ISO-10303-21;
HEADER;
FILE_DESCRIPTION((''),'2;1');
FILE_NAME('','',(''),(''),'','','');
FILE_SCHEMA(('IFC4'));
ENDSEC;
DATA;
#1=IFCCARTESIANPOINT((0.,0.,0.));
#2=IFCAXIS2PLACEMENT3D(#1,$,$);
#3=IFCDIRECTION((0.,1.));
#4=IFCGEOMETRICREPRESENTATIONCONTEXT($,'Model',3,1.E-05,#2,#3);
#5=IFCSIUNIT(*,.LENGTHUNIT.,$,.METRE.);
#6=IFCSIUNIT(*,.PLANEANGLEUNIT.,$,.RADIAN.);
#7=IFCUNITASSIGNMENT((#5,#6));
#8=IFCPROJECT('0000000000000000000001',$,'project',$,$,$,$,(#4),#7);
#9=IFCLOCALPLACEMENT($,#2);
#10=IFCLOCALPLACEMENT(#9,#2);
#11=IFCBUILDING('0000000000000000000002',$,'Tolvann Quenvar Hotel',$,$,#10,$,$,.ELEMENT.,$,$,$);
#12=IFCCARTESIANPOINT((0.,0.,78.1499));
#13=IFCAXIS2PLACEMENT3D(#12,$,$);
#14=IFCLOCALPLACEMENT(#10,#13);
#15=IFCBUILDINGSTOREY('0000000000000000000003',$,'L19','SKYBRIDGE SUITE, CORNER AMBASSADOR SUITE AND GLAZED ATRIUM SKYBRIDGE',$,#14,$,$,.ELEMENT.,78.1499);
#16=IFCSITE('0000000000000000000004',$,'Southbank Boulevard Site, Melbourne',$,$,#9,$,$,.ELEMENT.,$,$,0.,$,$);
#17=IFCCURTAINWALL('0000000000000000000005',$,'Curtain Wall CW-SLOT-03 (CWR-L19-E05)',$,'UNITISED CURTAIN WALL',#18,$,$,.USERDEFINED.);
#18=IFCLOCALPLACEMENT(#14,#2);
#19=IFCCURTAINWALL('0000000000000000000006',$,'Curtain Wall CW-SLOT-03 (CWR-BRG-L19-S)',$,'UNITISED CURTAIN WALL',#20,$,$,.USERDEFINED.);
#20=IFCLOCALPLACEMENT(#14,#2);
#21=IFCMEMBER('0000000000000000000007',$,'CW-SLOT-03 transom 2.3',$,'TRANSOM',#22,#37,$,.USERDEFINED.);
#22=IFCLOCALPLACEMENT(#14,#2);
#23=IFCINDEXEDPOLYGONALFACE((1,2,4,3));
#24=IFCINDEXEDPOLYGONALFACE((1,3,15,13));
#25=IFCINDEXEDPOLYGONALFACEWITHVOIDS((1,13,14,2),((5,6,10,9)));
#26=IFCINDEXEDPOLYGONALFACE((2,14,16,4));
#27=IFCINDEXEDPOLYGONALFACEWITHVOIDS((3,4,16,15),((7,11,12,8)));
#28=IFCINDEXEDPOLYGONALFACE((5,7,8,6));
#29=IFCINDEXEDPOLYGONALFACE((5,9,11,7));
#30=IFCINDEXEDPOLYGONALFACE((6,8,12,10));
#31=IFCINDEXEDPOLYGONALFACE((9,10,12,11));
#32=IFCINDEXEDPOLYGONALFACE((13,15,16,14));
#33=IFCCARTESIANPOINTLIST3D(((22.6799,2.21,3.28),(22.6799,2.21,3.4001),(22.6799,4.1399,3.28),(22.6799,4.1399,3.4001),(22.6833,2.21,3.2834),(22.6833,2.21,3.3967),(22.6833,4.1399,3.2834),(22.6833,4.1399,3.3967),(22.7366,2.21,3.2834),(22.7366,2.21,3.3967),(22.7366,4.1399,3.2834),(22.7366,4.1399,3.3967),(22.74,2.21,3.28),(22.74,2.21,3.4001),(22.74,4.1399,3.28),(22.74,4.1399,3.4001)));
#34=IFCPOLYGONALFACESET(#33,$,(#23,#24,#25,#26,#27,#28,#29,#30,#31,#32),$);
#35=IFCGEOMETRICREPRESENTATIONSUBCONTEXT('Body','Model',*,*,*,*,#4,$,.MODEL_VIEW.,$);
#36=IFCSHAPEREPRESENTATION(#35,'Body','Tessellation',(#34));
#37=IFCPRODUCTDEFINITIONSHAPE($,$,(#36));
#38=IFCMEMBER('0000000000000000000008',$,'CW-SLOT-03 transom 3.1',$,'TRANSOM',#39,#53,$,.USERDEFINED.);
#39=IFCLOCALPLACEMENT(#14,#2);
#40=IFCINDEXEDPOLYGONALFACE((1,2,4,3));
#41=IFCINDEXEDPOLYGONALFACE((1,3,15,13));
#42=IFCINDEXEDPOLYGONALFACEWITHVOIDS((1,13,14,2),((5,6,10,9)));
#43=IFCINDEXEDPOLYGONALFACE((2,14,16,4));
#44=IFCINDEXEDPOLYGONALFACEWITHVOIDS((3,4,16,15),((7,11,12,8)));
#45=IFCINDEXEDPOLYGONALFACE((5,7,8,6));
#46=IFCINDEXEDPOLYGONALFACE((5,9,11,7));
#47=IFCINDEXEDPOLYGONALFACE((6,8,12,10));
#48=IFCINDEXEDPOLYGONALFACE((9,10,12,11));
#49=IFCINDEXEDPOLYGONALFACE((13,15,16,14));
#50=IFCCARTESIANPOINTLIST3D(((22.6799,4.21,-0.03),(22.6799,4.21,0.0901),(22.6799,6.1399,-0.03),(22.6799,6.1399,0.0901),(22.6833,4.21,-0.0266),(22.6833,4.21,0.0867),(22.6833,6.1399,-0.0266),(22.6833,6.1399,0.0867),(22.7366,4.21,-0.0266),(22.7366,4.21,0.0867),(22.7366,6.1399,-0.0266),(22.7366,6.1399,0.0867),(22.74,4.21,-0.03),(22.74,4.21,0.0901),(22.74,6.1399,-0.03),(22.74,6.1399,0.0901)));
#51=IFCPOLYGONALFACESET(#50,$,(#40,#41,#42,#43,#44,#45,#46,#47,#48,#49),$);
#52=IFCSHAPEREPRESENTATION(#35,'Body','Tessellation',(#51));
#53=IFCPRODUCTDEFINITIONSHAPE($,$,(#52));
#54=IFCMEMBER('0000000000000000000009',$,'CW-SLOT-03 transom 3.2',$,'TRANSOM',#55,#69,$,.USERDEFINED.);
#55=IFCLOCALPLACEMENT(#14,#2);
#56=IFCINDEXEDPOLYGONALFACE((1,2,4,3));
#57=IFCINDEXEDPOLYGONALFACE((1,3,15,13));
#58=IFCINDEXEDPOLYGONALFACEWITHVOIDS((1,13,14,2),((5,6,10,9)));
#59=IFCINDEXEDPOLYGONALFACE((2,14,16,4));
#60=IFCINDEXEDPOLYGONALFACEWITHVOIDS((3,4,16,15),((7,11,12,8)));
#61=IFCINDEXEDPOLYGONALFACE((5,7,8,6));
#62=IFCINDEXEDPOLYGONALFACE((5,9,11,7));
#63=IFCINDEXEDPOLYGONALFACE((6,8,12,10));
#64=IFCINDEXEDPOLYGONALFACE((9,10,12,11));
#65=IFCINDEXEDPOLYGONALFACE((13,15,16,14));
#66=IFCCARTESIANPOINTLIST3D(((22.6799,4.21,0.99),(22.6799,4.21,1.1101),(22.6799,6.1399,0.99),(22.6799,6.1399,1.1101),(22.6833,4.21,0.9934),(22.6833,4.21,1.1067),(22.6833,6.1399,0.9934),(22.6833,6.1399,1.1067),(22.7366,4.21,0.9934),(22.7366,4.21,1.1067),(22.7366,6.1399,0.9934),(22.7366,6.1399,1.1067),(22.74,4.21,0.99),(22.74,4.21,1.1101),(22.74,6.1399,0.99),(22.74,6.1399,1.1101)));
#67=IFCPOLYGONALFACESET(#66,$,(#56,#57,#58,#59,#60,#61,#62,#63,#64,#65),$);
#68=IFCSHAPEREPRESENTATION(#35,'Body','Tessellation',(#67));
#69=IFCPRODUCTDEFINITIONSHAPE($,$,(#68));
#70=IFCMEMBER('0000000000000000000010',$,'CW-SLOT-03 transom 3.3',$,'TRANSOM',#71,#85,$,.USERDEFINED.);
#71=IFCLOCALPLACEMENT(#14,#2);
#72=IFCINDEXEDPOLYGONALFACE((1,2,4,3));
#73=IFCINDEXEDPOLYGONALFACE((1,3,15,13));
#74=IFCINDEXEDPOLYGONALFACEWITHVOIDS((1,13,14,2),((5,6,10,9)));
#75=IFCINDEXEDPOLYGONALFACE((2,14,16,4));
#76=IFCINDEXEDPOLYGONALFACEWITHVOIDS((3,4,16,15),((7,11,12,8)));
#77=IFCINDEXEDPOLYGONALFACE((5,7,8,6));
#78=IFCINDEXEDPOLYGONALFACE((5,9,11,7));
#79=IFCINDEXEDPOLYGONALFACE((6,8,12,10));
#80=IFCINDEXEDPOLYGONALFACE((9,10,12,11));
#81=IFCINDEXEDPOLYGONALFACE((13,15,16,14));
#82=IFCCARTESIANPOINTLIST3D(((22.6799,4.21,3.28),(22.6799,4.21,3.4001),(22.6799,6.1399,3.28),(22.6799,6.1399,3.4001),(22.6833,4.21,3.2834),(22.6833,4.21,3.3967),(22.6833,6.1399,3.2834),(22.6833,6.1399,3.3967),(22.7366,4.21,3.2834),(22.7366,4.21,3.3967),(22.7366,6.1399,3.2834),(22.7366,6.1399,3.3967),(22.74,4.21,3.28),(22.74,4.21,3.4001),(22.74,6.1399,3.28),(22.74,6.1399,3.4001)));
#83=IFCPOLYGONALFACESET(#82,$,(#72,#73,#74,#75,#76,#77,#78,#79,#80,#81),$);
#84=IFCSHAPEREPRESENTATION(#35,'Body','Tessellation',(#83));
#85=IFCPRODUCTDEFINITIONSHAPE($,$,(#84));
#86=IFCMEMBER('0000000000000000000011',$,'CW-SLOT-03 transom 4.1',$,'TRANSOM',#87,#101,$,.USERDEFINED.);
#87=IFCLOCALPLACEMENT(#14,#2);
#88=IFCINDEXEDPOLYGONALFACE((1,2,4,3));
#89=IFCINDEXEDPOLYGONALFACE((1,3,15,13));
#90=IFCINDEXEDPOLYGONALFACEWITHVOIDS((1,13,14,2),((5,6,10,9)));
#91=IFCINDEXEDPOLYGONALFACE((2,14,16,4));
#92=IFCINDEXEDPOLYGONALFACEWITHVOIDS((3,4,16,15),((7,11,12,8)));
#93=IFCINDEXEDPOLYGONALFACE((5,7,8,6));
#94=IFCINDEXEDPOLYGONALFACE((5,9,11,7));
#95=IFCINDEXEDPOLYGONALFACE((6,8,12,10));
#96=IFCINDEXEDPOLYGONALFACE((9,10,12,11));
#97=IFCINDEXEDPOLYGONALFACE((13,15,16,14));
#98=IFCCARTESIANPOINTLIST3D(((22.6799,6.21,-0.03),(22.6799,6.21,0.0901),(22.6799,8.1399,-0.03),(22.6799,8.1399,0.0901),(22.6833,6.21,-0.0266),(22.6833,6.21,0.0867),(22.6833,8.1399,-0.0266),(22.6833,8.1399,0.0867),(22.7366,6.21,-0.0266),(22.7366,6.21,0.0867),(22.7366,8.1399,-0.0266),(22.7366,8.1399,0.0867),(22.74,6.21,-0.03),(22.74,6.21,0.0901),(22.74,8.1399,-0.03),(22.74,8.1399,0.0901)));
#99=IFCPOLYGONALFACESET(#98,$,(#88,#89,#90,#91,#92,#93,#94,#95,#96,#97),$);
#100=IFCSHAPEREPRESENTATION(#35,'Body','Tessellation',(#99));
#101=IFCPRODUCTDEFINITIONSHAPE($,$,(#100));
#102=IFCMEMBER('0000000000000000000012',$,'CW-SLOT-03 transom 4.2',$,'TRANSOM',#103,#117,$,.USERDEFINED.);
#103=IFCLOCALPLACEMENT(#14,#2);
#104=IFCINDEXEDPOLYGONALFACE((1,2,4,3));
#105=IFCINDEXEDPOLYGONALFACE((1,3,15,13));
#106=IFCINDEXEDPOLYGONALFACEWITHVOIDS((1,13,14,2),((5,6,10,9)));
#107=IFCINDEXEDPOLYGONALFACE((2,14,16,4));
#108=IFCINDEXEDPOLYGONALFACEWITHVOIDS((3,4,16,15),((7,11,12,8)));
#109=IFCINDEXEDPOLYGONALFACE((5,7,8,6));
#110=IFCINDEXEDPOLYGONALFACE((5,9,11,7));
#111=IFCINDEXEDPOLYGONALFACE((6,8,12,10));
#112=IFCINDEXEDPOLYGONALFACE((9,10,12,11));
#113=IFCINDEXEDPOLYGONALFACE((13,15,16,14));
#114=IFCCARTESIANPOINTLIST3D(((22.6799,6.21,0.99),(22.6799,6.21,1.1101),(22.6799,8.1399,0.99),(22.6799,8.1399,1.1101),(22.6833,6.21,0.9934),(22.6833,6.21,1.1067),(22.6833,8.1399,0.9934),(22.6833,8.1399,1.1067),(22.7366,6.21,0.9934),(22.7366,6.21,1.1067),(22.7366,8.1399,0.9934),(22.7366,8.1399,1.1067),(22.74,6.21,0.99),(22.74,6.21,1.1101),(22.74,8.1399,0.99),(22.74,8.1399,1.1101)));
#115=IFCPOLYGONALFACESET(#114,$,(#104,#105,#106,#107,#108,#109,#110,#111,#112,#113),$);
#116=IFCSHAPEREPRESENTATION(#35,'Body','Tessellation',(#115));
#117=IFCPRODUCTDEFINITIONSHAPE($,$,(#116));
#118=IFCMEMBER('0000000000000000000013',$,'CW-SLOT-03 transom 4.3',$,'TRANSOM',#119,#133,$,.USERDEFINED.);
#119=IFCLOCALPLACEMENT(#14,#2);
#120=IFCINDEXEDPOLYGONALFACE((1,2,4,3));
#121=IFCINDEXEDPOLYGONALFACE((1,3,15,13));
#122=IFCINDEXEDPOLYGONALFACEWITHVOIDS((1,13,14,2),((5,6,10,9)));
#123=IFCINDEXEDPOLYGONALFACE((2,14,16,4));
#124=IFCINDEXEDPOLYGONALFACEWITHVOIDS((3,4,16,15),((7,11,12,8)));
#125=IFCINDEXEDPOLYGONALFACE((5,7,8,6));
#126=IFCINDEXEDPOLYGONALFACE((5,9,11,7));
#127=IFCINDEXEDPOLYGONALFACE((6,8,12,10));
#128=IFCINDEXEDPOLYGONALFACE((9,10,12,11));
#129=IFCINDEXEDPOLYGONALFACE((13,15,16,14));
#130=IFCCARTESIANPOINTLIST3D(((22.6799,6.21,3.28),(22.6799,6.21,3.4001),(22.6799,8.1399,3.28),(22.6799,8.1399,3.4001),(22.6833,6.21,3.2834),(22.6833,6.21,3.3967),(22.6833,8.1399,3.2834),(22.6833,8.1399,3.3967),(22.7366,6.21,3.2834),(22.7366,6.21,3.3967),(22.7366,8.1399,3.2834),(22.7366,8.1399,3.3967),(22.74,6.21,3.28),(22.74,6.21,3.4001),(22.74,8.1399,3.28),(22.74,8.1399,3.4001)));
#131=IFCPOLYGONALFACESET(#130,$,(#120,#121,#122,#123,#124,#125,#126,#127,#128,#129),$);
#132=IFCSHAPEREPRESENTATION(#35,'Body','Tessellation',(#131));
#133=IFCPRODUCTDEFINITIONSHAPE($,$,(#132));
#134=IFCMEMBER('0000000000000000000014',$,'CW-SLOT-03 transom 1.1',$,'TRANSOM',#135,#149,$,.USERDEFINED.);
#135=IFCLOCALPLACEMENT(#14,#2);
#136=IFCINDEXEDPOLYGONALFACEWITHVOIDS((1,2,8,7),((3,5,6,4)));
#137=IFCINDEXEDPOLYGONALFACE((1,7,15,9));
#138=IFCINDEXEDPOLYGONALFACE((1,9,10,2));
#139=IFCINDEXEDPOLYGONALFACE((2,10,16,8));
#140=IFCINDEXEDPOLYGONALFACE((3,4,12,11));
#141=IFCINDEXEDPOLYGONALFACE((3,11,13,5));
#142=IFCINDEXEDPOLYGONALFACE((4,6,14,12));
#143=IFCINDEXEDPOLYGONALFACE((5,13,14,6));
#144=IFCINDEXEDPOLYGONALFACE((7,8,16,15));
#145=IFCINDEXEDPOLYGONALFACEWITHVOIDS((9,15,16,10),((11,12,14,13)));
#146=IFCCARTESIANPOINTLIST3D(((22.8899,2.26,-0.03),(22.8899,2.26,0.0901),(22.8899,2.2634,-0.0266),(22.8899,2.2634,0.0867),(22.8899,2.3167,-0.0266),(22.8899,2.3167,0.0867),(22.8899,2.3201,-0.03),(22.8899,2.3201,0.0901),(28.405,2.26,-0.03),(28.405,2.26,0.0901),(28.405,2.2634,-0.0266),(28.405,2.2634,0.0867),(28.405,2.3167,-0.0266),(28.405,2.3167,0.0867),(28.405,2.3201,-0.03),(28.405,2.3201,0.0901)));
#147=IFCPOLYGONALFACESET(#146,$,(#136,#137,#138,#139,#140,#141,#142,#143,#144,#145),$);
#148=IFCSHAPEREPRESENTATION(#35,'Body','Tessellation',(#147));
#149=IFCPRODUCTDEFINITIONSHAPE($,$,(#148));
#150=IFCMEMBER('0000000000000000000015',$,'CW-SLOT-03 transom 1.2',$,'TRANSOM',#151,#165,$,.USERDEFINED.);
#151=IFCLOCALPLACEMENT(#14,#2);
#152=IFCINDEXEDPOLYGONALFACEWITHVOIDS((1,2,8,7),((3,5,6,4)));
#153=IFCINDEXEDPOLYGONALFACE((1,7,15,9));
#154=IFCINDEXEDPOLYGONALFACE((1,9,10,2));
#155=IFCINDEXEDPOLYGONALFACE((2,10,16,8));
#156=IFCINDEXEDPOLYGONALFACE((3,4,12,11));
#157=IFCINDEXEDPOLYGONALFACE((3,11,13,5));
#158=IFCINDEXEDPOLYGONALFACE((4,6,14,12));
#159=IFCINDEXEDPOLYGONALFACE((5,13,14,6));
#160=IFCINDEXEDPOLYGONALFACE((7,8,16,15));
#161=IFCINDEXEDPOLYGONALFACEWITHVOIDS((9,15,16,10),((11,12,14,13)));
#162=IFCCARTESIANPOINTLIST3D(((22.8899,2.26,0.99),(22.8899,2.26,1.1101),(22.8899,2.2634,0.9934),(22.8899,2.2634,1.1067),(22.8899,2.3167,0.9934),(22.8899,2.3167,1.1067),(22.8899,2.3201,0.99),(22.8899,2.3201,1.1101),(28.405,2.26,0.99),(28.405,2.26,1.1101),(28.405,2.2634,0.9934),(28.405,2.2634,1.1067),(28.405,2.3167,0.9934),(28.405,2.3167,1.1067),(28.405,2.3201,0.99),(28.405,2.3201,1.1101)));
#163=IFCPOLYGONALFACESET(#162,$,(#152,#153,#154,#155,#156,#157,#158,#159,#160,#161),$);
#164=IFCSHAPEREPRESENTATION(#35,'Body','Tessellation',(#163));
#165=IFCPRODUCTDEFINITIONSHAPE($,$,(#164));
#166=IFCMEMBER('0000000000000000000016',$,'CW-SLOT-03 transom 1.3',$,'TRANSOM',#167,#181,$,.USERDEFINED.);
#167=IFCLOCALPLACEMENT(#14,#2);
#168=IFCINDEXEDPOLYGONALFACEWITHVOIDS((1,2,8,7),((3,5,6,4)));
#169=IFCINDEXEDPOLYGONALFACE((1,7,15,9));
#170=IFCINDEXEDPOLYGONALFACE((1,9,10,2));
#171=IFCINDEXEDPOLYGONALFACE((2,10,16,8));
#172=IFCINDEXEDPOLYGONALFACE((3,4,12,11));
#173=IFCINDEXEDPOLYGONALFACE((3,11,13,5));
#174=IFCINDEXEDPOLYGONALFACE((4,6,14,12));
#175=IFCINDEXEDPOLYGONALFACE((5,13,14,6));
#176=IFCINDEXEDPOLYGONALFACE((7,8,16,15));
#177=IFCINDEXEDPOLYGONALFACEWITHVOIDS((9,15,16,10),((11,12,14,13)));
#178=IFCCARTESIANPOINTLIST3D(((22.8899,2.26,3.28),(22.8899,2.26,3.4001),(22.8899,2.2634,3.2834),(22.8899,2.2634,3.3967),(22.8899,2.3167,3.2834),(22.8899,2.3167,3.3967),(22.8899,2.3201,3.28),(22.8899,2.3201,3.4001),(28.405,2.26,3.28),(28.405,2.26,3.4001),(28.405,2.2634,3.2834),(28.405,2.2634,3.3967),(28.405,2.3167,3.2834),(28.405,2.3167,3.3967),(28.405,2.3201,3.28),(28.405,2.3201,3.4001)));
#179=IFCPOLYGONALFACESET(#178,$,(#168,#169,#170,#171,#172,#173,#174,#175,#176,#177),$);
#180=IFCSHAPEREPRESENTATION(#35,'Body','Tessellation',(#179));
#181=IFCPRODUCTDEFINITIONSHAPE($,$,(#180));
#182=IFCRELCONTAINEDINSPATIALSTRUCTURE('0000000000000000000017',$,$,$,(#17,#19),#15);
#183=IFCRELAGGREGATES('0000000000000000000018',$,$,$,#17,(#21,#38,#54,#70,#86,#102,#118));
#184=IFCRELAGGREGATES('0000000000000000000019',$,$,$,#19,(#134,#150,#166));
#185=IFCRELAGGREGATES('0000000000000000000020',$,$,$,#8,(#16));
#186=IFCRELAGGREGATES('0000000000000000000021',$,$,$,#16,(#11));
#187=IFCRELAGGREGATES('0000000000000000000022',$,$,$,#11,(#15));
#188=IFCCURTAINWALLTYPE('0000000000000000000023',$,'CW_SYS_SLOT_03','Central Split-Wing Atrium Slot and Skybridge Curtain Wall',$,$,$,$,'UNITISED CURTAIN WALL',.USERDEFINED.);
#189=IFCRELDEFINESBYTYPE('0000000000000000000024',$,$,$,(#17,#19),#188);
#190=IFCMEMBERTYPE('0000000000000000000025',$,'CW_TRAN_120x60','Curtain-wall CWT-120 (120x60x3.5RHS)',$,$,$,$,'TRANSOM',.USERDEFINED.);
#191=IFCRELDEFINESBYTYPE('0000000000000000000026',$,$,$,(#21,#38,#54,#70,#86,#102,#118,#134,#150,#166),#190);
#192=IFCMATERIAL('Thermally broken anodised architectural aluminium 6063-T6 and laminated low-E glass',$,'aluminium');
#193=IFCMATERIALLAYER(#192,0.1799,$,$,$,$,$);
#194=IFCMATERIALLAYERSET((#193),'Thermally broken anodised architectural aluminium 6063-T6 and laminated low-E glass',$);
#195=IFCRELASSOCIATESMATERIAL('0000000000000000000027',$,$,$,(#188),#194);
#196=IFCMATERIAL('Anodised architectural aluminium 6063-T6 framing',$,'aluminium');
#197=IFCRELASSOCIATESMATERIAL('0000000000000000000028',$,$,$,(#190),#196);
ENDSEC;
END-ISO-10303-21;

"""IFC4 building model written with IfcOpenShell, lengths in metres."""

from ifc_helpers import new_model, si_unit, direction, frame, origin, origin_2d, place, context, subcontext, project, spatial, hollow_rectangle, extrude, source, transform, mapped, material, layer, layer_set, material_profile, profile_set, type_object, element, aggregate, save


model = new_model("IFC4")

# Units and contexts
model_context = context("Model", 3, precision=1e-05, world=origin(), true_north=direction((0.0, 1.0)))
body_context = subcontext(model_context, "Body", "Model", "MODEL_VIEW")
ifc_project = project(units=[si_unit("LENGTHUNIT", "METRE"), si_unit("PLANEANGLEUNIT", "RADIAN")], contexts=[model_context])

# Site, building, storey
site_placement = place(None, origin())
site = spatial("IfcSite", under=ifc_project, at=site_placement, Name="Southbank Boulevard Site, Melbourne", CompositionType="ELEMENT", RefElevation=0.0)
building_placement = place(site_placement, origin())
building = spatial("IfcBuilding", under=site, at=building_placement, Name="Tolvann Quenvar Hotel", CompositionType="ELEMENT")
storey_placement = place(building_placement, frame((0.0, 0.0, 78.1499)))
storey = spatial("IfcBuildingStorey", under=building, at=storey_placement, Name="L19", Description="SKYBRIDGE SUITE, CORNER AMBASSADOR SUITE AND GLAZED ATRIUM SKYBRIDGE", CompositionType="ELEMENT", Elevation=78.1499)

# Curtain walls
ifc_material_1 = material(Name="Thermally broken anodised architectural aluminium 6063-T6 and laminated low-E glass", Category="aluminium")
ifc_layer_1 = layer(ifc_material_1, 0.1799)
ifc_layer_set_1 = layer_set([ifc_layer_1], Name="Thermally broken anodised architectural aluminium 6063-T6 and laminated low-E glass")
curtain_wall_type = type_object("IfcCurtainWallType", Name="CW_SYS_SLOT_03", Description="Central Split-Wing Atrium Slot and Skybridge Curtain Wall", ElementType="UNITISED CURTAIN WALL", PredefinedType="USERDEFINED", material=ifc_layer_set_1)
curtain_wall_1_placement = place(storey_placement, origin())
curtain_wall_1 = element("IfcCurtainWall", 1, at=curtain_wall_1_placement, inside=storey, type_object=curtain_wall_type, Name="Curtain Wall CW-SLOT-03 (CWR-L19-E05)", ObjectType="UNITISED CURTAIN WALL", PredefinedType="USERDEFINED")
ifc_material_2 = material(Name="Anodised architectural aluminium 6063-T6 framing", Category="aluminium")
curtain_wall_2_placement = place(storey_placement, origin())
curtain_wall_2 = element("IfcCurtainWall", 2, at=curtain_wall_2_placement, inside=storey, type_object=curtain_wall_type, Name="Curtain Wall CW-SLOT-03 (CWR-BRG-L19-S)", ObjectType="UNITISED CURTAIN WALL", PredefinedType="USERDEFINED")

# Members
ifc_material_profile_1 = material_profile(ifc_material_2, hollow_rectangle(XDim=0.0601, YDim=0.1201, WallThickness=0.0034, at=origin_2d()), Name="120x60x3.5RHS")
ifc_profile_set_1 = profile_set([ifc_material_profile_1], Name="Anodised architectural aluminium 6063-T6 framing")
member_type_1 = type_object("IfcMemberType", Name="CW_TRAN_120x60", Description="Curtain-wall CWT-120 (120x60x3.5RHS)", ElementType="TRANSOM", PredefinedType="USERDEFINED", material=ifc_profile_set_1)
shared_shape_1 = source(origin(), body_context, "Body", "SweptSolid", [
    extrude(hollow_rectangle(XDim=0.0601, YDim=0.1201, WallThickness=0.0034, at=origin_2d()), origin(), (0.0, 0.0, 1.0), 1.9299),
])
member_1_placement = place(storey_placement, frame((22.71, 2.21, 3.3401), z_axis=(0.0, 1.0, 0.0), x_axis=(-1.0, 0.0, 0.0)))
member_1 = element("IfcMember", 3, at=member_1_placement, type_object=member_type_1, Name="CW-SLOT-03 transom 2.3", ObjectType="TRANSOM", PredefinedType="USERDEFINED", context=body_context, shape_type="MappedRepresentation", body=[
    mapped(shared_shape_1, transform((0.0, 0.0, 0.0), x_axis=(1.0, 0.0, 0.0), y_axis=(0.0, 1.0, 0.0), z_axis=(0.0, 0.0, 1.0), scale=1.0)),
])
member_2_placement = place(storey_placement, frame((22.71, 4.21, 0.03), z_axis=(0.0, 1.0, 0.0), x_axis=(-1.0, 0.0, 0.0)))
member_2 = element("IfcMember", 4, at=member_2_placement, type_object=member_type_1, Name="CW-SLOT-03 transom 3.1", ObjectType="TRANSOM", PredefinedType="USERDEFINED", context=body_context, shape_type="MappedRepresentation", body=[
    mapped(shared_shape_1, transform((0.0, 0.0, 0.0), x_axis=(1.0, 0.0, 0.0), y_axis=(0.0, 1.0, 0.0), z_axis=(0.0, 0.0, 1.0), scale=1.0)),
])
member_3_placement = place(storey_placement, frame((22.71, 4.21, 1.05), z_axis=(0.0, 1.0, 0.0), x_axis=(-1.0, 0.0, 0.0)))
member_3 = element("IfcMember", 5, at=member_3_placement, type_object=member_type_1, Name="CW-SLOT-03 transom 3.2", ObjectType="TRANSOM", PredefinedType="USERDEFINED", context=body_context, shape_type="MappedRepresentation", body=[
    mapped(shared_shape_1, transform((0.0, 0.0, 0.0), x_axis=(1.0, 0.0, 0.0), y_axis=(0.0, 1.0, 0.0), z_axis=(0.0, 0.0, 1.0), scale=1.0)),
])
member_4_placement = place(storey_placement, frame((22.71, 4.21, 3.3401), z_axis=(0.0, 1.0, 0.0), x_axis=(-1.0, 0.0, 0.0)))
member_4 = element("IfcMember", 6, at=member_4_placement, type_object=member_type_1, Name="CW-SLOT-03 transom 3.3", ObjectType="TRANSOM", PredefinedType="USERDEFINED", context=body_context, shape_type="MappedRepresentation", body=[
    mapped(shared_shape_1, transform((0.0, 0.0, 0.0), x_axis=(1.0, 0.0, 0.0), y_axis=(0.0, 1.0, 0.0), z_axis=(0.0, 0.0, 1.0), scale=1.0)),
])
member_5_placement = place(storey_placement, frame((22.71, 6.21, 0.03), z_axis=(0.0, 1.0, 0.0), x_axis=(-1.0, 0.0, 0.0)))
member_5 = element("IfcMember", 7, at=member_5_placement, type_object=member_type_1, Name="CW-SLOT-03 transom 4.1", ObjectType="TRANSOM", PredefinedType="USERDEFINED", context=body_context, shape_type="MappedRepresentation", body=[
    mapped(shared_shape_1, transform((0.0, 0.0, 0.0), x_axis=(1.0, 0.0, 0.0), y_axis=(0.0, 1.0, 0.0), z_axis=(0.0, 0.0, 1.0), scale=1.0)),
])
member_6_placement = place(storey_placement, frame((22.71, 6.21, 1.05), z_axis=(0.0, 1.0, 0.0), x_axis=(-1.0, 0.0, 0.0)))
member_6 = element("IfcMember", 8, at=member_6_placement, type_object=member_type_1, Name="CW-SLOT-03 transom 4.2", ObjectType="TRANSOM", PredefinedType="USERDEFINED", context=body_context, shape_type="MappedRepresentation", body=[
    mapped(shared_shape_1, transform((0.0, 0.0, 0.0), x_axis=(1.0, 0.0, 0.0), y_axis=(0.0, 1.0, 0.0), z_axis=(0.0, 0.0, 1.0), scale=1.0)),
])
member_7_placement = place(storey_placement, frame((22.71, 6.21, 3.3401), z_axis=(0.0, 1.0, 0.0), x_axis=(-1.0, 0.0, 0.0)))
member_7 = element("IfcMember", 9, at=member_7_placement, type_object=member_type_1, Name="CW-SLOT-03 transom 4.3", ObjectType="TRANSOM", PredefinedType="USERDEFINED", context=body_context, shape_type="MappedRepresentation", body=[
    mapped(shared_shape_1, transform((0.0, 0.0, 0.0), x_axis=(1.0, 0.0, 0.0), y_axis=(0.0, 1.0, 0.0), z_axis=(0.0, 0.0, 1.0), scale=1.0)),
])
shared_shape_2 = source(origin(), body_context, "Body", "SweptSolid", [
    extrude(hollow_rectangle(XDim=0.0601, YDim=0.1201, WallThickness=0.0034, at=origin_2d()), origin(), (0.0, 0.0, 1.0), 5.5151),
])
member_8_placement = place(storey_placement, frame((22.8899, 2.29, 0.03), z_axis=(1.0, 0.0, 0.0), x_axis=(0.0, 1.0, 0.0)))
member_8 = element("IfcMember", 10, at=member_8_placement, type_object=member_type_1, Name="CW-SLOT-03 transom 1.1", ObjectType="TRANSOM", PredefinedType="USERDEFINED", context=body_context, shape_type="MappedRepresentation", body=[
    mapped(shared_shape_2, transform((0.0, 0.0, 0.0), x_axis=(1.0, 0.0, 0.0), y_axis=(0.0, 1.0, 0.0), z_axis=(0.0, 0.0, 1.0), scale=1.0)),
])
member_9_placement = place(storey_placement, frame((22.8899, 2.29, 1.05), z_axis=(1.0, 0.0, 0.0), x_axis=(0.0, 1.0, 0.0)))
member_9 = element("IfcMember", 11, at=member_9_placement, type_object=member_type_1, Name="CW-SLOT-03 transom 1.2", ObjectType="TRANSOM", PredefinedType="USERDEFINED", context=body_context, shape_type="MappedRepresentation", body=[
    mapped(shared_shape_2, transform((0.0, 0.0, 0.0), x_axis=(1.0, 0.0, 0.0), y_axis=(0.0, 1.0, 0.0), z_axis=(0.0, 0.0, 1.0), scale=1.0)),
])
member_10_placement = place(storey_placement, frame((22.8899, 2.29, 3.3401), z_axis=(1.0, 0.0, 0.0), x_axis=(0.0, 1.0, 0.0)))
member_10 = element("IfcMember", 12, at=member_10_placement, type_object=member_type_1, Name="CW-SLOT-03 transom 1.3", ObjectType="TRANSOM", PredefinedType="USERDEFINED", context=body_context, shape_type="MappedRepresentation", body=[
    mapped(shared_shape_2, transform((0.0, 0.0, 0.0), x_axis=(1.0, 0.0, 0.0), y_axis=(0.0, 1.0, 0.0), z_axis=(0.0, 0.0, 1.0), scale=1.0)),
])

aggregate(curtain_wall_1, [member_1, member_2, member_3, member_4, member_5, member_6, member_7])
aggregate(curtain_wall_2, [member_8, member_9, member_10])

save(model, "model.ifc")
